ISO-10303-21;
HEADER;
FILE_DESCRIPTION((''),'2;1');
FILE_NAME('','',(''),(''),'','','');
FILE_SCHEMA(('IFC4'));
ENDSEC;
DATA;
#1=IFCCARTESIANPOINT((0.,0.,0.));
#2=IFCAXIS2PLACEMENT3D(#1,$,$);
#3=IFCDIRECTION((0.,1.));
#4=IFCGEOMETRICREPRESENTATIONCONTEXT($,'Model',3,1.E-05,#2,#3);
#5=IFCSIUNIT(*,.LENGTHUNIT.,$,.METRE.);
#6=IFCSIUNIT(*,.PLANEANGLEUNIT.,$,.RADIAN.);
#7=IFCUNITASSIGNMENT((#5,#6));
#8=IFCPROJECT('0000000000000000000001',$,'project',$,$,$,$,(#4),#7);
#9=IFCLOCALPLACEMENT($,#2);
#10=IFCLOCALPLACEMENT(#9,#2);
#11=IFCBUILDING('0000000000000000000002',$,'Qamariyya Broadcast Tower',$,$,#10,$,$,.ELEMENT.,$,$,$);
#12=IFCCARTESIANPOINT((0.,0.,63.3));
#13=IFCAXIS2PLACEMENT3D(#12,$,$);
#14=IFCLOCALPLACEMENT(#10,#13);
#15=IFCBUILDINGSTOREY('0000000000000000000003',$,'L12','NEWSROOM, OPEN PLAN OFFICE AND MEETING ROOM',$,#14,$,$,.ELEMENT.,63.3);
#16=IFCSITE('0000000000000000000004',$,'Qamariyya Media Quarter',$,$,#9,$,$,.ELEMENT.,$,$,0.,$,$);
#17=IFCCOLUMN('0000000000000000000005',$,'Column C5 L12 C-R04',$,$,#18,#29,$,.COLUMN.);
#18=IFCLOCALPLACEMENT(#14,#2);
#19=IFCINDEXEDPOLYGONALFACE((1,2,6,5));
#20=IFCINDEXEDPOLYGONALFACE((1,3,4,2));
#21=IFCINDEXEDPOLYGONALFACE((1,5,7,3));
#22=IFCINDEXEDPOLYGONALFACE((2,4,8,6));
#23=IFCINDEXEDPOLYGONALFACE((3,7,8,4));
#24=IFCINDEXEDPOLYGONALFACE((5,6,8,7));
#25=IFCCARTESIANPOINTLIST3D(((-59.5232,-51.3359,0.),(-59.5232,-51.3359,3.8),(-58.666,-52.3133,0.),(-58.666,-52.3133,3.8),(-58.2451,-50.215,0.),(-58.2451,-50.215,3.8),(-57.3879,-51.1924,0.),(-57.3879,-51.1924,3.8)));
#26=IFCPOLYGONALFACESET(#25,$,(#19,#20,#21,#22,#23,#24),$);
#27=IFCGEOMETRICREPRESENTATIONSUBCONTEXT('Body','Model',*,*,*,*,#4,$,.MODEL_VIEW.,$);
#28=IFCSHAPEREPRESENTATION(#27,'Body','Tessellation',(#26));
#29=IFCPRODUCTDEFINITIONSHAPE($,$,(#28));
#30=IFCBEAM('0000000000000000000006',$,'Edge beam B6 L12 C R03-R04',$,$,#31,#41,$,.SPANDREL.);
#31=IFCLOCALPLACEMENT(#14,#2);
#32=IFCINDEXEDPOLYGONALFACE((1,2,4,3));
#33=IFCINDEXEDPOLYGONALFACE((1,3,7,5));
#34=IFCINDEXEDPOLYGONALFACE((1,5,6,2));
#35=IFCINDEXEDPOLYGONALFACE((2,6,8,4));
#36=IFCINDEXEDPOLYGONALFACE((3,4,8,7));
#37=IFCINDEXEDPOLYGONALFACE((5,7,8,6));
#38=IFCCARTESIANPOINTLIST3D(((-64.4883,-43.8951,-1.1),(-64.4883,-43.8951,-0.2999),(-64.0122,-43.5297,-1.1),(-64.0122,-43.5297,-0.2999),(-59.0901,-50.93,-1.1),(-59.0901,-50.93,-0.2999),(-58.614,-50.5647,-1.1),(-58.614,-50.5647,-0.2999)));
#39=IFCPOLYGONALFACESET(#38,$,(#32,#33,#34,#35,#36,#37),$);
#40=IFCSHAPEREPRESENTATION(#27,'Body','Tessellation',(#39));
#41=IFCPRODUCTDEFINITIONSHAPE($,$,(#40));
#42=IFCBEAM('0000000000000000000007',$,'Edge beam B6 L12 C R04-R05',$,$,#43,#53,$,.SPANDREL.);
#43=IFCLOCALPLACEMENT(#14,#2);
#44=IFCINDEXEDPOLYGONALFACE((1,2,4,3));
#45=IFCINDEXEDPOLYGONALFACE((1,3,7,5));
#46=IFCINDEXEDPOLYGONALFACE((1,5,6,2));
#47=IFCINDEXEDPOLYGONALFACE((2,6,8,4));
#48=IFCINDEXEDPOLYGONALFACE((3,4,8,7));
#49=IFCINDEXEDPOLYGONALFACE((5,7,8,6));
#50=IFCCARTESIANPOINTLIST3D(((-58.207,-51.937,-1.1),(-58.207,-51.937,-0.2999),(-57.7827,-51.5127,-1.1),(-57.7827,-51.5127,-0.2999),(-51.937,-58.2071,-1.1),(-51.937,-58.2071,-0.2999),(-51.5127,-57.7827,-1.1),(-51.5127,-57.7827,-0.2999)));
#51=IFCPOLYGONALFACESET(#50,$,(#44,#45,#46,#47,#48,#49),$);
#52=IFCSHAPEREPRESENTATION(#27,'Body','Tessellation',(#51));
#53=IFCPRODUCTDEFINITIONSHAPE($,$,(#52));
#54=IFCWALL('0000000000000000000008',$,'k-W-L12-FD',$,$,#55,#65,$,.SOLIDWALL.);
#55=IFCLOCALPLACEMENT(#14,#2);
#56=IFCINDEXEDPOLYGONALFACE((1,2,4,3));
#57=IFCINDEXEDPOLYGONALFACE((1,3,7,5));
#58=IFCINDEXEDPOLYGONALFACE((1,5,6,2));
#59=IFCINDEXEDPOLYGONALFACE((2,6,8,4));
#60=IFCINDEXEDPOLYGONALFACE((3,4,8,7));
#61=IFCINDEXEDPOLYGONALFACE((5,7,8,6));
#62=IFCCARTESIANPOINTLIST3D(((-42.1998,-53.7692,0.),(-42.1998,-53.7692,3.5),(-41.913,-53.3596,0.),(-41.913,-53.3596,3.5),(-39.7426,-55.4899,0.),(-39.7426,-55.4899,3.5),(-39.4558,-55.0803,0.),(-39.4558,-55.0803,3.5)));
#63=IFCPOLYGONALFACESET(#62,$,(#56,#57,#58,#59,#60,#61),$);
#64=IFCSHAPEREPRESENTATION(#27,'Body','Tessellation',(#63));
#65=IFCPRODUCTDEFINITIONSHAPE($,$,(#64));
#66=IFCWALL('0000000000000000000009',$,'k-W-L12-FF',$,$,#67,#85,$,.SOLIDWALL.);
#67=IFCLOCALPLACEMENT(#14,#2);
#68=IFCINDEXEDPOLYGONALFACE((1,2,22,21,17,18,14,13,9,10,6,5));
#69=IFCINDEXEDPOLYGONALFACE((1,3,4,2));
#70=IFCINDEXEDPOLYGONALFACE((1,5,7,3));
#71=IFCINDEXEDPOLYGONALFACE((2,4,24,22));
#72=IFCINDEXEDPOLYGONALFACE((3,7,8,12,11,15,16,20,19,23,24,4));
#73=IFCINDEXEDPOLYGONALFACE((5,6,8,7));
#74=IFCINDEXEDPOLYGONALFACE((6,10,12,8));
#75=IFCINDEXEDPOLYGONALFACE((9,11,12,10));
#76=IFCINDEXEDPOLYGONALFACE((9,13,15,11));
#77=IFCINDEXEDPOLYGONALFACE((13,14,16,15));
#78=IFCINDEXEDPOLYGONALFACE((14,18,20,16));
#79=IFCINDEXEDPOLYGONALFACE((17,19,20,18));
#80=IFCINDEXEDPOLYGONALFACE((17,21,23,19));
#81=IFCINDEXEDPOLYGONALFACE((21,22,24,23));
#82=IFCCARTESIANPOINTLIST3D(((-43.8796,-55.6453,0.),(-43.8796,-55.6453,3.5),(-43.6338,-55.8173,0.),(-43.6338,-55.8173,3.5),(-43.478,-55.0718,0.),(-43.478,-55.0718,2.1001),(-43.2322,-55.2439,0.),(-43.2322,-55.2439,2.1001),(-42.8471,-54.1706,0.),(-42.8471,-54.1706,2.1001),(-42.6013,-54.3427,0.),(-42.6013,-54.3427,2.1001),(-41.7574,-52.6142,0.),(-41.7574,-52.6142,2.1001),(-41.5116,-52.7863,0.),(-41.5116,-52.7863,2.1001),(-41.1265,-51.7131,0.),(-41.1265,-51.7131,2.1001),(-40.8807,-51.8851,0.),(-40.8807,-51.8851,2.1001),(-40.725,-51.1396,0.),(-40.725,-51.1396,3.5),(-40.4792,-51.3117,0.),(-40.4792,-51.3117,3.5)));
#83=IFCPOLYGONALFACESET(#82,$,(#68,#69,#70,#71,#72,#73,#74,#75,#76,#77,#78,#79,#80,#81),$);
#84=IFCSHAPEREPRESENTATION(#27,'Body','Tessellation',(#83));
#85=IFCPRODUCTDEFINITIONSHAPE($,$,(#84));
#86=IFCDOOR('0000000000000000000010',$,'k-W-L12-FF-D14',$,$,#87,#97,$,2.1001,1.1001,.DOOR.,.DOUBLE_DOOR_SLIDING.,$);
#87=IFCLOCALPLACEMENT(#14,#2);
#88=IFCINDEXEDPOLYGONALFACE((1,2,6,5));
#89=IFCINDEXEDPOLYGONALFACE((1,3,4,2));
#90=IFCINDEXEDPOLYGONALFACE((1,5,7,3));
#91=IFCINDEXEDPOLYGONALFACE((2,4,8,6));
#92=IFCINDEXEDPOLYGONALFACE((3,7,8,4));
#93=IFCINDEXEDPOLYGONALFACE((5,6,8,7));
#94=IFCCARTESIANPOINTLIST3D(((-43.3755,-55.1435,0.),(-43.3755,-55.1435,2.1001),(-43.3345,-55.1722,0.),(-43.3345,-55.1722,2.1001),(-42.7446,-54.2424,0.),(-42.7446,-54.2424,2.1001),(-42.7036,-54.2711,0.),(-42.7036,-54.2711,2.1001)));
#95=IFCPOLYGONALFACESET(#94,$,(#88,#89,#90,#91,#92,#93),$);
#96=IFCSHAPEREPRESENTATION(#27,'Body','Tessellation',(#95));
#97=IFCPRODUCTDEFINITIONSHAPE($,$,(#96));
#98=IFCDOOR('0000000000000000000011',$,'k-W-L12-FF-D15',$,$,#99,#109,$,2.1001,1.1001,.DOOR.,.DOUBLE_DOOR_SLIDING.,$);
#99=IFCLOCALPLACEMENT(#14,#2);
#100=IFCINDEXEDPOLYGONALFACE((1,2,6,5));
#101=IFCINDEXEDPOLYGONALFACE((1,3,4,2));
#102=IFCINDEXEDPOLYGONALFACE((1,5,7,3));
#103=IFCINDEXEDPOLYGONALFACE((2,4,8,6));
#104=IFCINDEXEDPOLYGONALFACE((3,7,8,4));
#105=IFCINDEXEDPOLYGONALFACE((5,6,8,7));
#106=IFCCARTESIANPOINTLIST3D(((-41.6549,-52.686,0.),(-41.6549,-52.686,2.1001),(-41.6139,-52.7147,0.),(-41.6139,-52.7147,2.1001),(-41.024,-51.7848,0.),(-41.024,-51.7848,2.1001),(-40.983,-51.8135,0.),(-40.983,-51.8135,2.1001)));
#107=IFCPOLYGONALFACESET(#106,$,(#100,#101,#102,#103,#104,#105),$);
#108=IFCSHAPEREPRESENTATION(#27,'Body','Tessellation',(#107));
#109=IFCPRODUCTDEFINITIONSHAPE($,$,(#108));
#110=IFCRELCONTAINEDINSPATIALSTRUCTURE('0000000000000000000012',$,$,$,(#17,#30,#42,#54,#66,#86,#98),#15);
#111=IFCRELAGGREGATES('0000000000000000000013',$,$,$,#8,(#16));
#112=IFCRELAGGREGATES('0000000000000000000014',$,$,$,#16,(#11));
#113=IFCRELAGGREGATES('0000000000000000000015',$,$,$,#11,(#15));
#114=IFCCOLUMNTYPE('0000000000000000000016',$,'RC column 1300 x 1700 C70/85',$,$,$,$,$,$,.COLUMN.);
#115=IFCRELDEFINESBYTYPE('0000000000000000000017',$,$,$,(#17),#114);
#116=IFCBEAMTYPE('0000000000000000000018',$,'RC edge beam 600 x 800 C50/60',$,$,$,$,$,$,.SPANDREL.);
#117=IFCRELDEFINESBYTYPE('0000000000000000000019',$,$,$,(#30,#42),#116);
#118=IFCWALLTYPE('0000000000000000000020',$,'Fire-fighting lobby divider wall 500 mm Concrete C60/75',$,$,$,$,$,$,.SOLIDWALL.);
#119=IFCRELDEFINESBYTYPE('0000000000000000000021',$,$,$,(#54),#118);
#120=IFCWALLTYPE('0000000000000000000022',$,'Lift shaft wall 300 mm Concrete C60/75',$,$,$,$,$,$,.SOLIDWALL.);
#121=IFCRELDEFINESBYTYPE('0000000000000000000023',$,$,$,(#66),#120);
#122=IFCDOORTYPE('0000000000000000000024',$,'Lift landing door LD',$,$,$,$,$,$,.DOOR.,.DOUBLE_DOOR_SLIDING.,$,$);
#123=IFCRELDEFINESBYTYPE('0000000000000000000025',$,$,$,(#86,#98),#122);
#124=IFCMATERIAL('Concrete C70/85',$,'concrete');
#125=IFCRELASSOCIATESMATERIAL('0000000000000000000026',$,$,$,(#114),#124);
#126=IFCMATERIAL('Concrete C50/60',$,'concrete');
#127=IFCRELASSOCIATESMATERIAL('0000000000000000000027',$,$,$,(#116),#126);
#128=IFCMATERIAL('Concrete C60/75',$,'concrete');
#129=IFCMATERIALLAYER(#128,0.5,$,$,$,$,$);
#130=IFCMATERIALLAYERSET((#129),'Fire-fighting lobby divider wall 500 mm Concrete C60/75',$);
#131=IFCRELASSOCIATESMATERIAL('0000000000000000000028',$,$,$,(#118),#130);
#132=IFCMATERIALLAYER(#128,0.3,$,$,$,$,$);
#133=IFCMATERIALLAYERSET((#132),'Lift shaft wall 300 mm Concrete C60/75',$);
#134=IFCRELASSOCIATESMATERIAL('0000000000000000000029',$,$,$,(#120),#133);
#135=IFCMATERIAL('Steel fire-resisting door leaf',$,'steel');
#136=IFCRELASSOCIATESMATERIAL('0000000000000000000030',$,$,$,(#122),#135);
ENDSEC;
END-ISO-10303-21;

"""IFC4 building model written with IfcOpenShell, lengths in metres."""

from ifc_helpers import new_model, si_unit, direction, frame, frame_2d, origin, origin_2d, place, context, subcontext, project, spatial, rectangle, extrude, material, layer, layer_set, material_profile, profile_set, type_object, element, fill, save


model = new_model("IFC4")

# Units and contexts
model_context = context("Model", 3, precision=1e-05, world=origin(), true_north=direction((0.0, 1.0)))
body_context = subcontext(model_context, "Body", "Model", "MODEL_VIEW")
ifc_project = project(units=[si_unit("LENGTHUNIT", "METRE"), si_unit("PLANEANGLEUNIT", "RADIAN")], contexts=[model_context])

# Site, building, storey
site_placement = place(None, origin())
site = spatial("IfcSite", under=ifc_project, at=site_placement, Name="Qamariyya Media Quarter", CompositionType="ELEMENT", RefElevation=0.0)
building_placement = place(site_placement, origin())
building = spatial("IfcBuilding", under=site, at=building_placement, Name="Qamariyya Broadcast Tower", CompositionType="ELEMENT")
storey_placement = place(building_placement, frame((0.0, 0.0, 63.3)))
storey = spatial("IfcBuildingStorey", under=building, at=storey_placement, Name="L12", Description="NEWSROOM, OPEN PLAN OFFICE AND MEETING ROOM", CompositionType="ELEMENT", Elevation=63.3)

# Column
ifc_material_1 = material(Name="Concrete C70/85", Category="concrete")
ifc_material_profile_1 = material_profile(ifc_material_1, rectangle(XDim=1.3, YDim=1.7, at=origin_2d()))
ifc_profile_set_1 = profile_set([ifc_material_profile_1], Name="Concrete C70/85")
column_type = type_object("IfcColumnType", Name="RC column 1300 x 1700 C70/85", PredefinedType="COLUMN", material=ifc_profile_set_1)
column_placement = place(storey_placement, frame((-58.4556, -51.2642, 0.0), z_axis=(0.0, 0.0, 1.0), x_axis=(0.659346, -0.75184, 0.0)))
element("IfcColumn", 1, at=column_placement, inside=storey, type_object=column_type, Name="Column C5 L12 C-R04", PredefinedType="COLUMN", context=body_context, shape_type="SweptSolid", body=[
    extrude(rectangle(XDim=1.3, YDim=1.7, at=origin_2d()), origin(), (0.0, 0.0, 1.0), 3.8),
])

# Beams
ifc_material_2 = material(Name="Concrete C50/60", Category="concrete")
ifc_material_profile_2 = material_profile(ifc_material_2, rectangle(XDim=0.6001, YDim=0.8, at=origin_2d()))
ifc_profile_set_2 = profile_set([ifc_material_profile_2], Name="Concrete C50/60")
beam_type = type_object("IfcBeamType", Name="RC edge beam 600 x 800 C50/60", PredefinedType="SPANDREL", material=ifc_profile_set_2)
beam_1_placement = place(storey_placement, frame((-64.2502, -43.7124, -0.7), z_axis=(0.60877, -0.793347, 0.0), x_axis=(0.793347, 0.60877, 0.0)))
element("IfcBeam", 2, at=beam_1_placement, inside=storey, type_object=beam_type, Name="Edge beam B6 L12 C R03-R04", PredefinedType="SPANDREL", context=body_context, shape_type="SweptSolid", body=[
    extrude(rectangle(XDim=0.6001, YDim=0.8, at=origin_2d()), origin(), (0.0, 0.0, 1.0), 8.8674),
])
beam_2_placement = place(storey_placement, frame((-57.9949, -51.7249, -0.7), z_axis=(0.707107, -0.707107, 0.0), x_axis=(0.707107, 0.707107, 0.0)))
element("IfcBeam", 3, at=beam_2_placement, inside=storey, type_object=beam_type, Name="Edge beam B6 L12 C R04-R05", PredefinedType="SPANDREL", context=body_context, shape_type="SweptSolid", body=[
    extrude(rectangle(XDim=0.6001, YDim=0.8, at=origin_2d()), origin(), (0.0, 0.0, 1.0), 8.8672),
])

# Wall
ifc_material_3 = material(Name="Concrete C60/75", Category="concrete")
ifc_layer_1 = layer(ifc_material_3, 0.5)
ifc_layer_set_1 = layer_set([ifc_layer_1], Name="Fire-fighting lobby divider wall 500 mm Concrete C60/75")
wall_type_1 = type_object("IfcWallType", Name="Fire-fighting lobby divider wall 500 mm Concrete C60/75", PredefinedType="SOLIDWALL", material=ifc_layer_set_1)
wall_1_placement = place(storey_placement, frame((-39.5991, -55.2852, 0.0), z_axis=(0.0, 0.0, 1.0), x_axis=(-0.819136, 0.573599, 0.0)))
element("IfcWall", 4, at=wall_1_placement, inside=storey, type_object=wall_type_1, Name="k-W-L12-FD", PredefinedType="SOLIDWALL", context=body_context, shape_type="SweptSolid", body=[
    extrude(rectangle(XDim=2.9998, YDim=0.5, at=frame_2d((1.5, 0.0))), origin(), (0.0, 0.0, 1.0), 3.5),
])

# Wall, openings, doors
ifc_layer_2 = layer(ifc_material_3, 0.3)
ifc_layer_set_2 = layer_set([ifc_layer_2], Name="Lift shaft wall 300 mm Concrete C60/75")
wall_type_2 = type_object("IfcWallType", Name="Lift shaft wall 300 mm Concrete C60/75", PredefinedType="SOLIDWALL", material=ifc_layer_set_2)
wall_2_placement = place(storey_placement, frame((-43.7566, -55.7312, 0.0), z_axis=(0.0, 0.0, 1.0), x_axis=(0.573537, 0.81918, 0.0)))
wall_2 = element("IfcWall", 5, at=wall_2_placement, inside=storey, type_object=wall_type_2, Name="k-W-L12-FF", PredefinedType="SOLIDWALL", context=body_context, shape_type="SweptSolid", body=[
    extrude(rectangle(XDim=5.5002, YDim=0.3, at=frame_2d((2.75, 0.0))), origin(), (0.0, 0.0, 1.0), 3.5),
])
opening_1_placement = place(wall_2_placement, frame((0.7, 0.0, 0.0)))
opening_1 = element("IfcOpeningElement", 6, at=opening_1_placement, cuts=wall_2, PredefinedType="OPENING", context=body_context, shape_type="SweptSolid", body=[
    extrude(rectangle(XDim=1.1001, YDim=2.1001, at=frame_2d((0.55, 1.05))), frame((0.0, 0.1599, 0.0), z_axis=(0.0, -1.0, 0.0), x_axis=(1.0, 0.0, 0.0)), (0.0, 0.0, 1.0), 0.3201),
])
opening_2_placement = place(wall_2_placement, frame((3.7, 0.0, 0.0)))
opening_2 = element("IfcOpeningElement", 7, at=opening_2_placement, cuts=wall_2, PredefinedType="OPENING", context=body_context, shape_type="SweptSolid", body=[
    extrude(rectangle(XDim=1.1001, YDim=2.1001, at=frame_2d((0.55, 1.05))), frame((0.0, 0.1599, 0.0), z_axis=(0.0, -1.0, 0.0), x_axis=(1.0, 0.0, 0.0)), (0.0, 0.0, 1.0), 0.3201),
])
ifc_material_4 = material(Name="Steel fire-resisting door leaf", Category="steel")
door_type = type_object("IfcDoorType", Name="Lift landing door LD", OperationType="DOUBLE_DOOR_SLIDING", PredefinedType="DOOR", material=ifc_material_4)
door_1_placement = place(opening_1_placement, origin())
door_1 = element("IfcDoor", 8, at=door_1_placement, inside=storey, type_object=door_type, Name="k-W-L12-FF-D14", OperationType="DOUBLE_DOOR_SLIDING", OverallHeight=2.1001, OverallWidth=1.1001, PredefinedType="DOOR", context=body_context, shape_type="SweptSolid", body=[
    extrude(rectangle(XDim=1.1001, YDim=2.1001, at=frame_2d((0.55, 1.05))), frame((0.0, 0.0249, 0.0), z_axis=(0.0, -1.0, 0.0), x_axis=(1.0, 0.0, 0.0)), (0.0, 0.0, 1.0), 0.05),
])
fill(opening_1, door_1)
door_2_placement = place(opening_2_placement, origin())
door_2 = element("IfcDoor", 9, at=door_2_placement, inside=storey, type_object=door_type, Name="k-W-L12-FF-D15", OperationType="DOUBLE_DOOR_SLIDING", OverallHeight=2.1001, OverallWidth=1.1001, PredefinedType="DOOR", context=body_context, shape_type="SweptSolid", body=[
    extrude(rectangle(XDim=1.1001, YDim=2.1001, at=frame_2d((0.55, 1.05))), frame((0.0, 0.0249, 0.0), z_axis=(0.0, -1.0, 0.0), x_axis=(1.0, 0.0, 0.0)), (0.0, 0.0, 1.0), 0.05),
])
fill(opening_2, door_2)

save(model, "model.ifc")
